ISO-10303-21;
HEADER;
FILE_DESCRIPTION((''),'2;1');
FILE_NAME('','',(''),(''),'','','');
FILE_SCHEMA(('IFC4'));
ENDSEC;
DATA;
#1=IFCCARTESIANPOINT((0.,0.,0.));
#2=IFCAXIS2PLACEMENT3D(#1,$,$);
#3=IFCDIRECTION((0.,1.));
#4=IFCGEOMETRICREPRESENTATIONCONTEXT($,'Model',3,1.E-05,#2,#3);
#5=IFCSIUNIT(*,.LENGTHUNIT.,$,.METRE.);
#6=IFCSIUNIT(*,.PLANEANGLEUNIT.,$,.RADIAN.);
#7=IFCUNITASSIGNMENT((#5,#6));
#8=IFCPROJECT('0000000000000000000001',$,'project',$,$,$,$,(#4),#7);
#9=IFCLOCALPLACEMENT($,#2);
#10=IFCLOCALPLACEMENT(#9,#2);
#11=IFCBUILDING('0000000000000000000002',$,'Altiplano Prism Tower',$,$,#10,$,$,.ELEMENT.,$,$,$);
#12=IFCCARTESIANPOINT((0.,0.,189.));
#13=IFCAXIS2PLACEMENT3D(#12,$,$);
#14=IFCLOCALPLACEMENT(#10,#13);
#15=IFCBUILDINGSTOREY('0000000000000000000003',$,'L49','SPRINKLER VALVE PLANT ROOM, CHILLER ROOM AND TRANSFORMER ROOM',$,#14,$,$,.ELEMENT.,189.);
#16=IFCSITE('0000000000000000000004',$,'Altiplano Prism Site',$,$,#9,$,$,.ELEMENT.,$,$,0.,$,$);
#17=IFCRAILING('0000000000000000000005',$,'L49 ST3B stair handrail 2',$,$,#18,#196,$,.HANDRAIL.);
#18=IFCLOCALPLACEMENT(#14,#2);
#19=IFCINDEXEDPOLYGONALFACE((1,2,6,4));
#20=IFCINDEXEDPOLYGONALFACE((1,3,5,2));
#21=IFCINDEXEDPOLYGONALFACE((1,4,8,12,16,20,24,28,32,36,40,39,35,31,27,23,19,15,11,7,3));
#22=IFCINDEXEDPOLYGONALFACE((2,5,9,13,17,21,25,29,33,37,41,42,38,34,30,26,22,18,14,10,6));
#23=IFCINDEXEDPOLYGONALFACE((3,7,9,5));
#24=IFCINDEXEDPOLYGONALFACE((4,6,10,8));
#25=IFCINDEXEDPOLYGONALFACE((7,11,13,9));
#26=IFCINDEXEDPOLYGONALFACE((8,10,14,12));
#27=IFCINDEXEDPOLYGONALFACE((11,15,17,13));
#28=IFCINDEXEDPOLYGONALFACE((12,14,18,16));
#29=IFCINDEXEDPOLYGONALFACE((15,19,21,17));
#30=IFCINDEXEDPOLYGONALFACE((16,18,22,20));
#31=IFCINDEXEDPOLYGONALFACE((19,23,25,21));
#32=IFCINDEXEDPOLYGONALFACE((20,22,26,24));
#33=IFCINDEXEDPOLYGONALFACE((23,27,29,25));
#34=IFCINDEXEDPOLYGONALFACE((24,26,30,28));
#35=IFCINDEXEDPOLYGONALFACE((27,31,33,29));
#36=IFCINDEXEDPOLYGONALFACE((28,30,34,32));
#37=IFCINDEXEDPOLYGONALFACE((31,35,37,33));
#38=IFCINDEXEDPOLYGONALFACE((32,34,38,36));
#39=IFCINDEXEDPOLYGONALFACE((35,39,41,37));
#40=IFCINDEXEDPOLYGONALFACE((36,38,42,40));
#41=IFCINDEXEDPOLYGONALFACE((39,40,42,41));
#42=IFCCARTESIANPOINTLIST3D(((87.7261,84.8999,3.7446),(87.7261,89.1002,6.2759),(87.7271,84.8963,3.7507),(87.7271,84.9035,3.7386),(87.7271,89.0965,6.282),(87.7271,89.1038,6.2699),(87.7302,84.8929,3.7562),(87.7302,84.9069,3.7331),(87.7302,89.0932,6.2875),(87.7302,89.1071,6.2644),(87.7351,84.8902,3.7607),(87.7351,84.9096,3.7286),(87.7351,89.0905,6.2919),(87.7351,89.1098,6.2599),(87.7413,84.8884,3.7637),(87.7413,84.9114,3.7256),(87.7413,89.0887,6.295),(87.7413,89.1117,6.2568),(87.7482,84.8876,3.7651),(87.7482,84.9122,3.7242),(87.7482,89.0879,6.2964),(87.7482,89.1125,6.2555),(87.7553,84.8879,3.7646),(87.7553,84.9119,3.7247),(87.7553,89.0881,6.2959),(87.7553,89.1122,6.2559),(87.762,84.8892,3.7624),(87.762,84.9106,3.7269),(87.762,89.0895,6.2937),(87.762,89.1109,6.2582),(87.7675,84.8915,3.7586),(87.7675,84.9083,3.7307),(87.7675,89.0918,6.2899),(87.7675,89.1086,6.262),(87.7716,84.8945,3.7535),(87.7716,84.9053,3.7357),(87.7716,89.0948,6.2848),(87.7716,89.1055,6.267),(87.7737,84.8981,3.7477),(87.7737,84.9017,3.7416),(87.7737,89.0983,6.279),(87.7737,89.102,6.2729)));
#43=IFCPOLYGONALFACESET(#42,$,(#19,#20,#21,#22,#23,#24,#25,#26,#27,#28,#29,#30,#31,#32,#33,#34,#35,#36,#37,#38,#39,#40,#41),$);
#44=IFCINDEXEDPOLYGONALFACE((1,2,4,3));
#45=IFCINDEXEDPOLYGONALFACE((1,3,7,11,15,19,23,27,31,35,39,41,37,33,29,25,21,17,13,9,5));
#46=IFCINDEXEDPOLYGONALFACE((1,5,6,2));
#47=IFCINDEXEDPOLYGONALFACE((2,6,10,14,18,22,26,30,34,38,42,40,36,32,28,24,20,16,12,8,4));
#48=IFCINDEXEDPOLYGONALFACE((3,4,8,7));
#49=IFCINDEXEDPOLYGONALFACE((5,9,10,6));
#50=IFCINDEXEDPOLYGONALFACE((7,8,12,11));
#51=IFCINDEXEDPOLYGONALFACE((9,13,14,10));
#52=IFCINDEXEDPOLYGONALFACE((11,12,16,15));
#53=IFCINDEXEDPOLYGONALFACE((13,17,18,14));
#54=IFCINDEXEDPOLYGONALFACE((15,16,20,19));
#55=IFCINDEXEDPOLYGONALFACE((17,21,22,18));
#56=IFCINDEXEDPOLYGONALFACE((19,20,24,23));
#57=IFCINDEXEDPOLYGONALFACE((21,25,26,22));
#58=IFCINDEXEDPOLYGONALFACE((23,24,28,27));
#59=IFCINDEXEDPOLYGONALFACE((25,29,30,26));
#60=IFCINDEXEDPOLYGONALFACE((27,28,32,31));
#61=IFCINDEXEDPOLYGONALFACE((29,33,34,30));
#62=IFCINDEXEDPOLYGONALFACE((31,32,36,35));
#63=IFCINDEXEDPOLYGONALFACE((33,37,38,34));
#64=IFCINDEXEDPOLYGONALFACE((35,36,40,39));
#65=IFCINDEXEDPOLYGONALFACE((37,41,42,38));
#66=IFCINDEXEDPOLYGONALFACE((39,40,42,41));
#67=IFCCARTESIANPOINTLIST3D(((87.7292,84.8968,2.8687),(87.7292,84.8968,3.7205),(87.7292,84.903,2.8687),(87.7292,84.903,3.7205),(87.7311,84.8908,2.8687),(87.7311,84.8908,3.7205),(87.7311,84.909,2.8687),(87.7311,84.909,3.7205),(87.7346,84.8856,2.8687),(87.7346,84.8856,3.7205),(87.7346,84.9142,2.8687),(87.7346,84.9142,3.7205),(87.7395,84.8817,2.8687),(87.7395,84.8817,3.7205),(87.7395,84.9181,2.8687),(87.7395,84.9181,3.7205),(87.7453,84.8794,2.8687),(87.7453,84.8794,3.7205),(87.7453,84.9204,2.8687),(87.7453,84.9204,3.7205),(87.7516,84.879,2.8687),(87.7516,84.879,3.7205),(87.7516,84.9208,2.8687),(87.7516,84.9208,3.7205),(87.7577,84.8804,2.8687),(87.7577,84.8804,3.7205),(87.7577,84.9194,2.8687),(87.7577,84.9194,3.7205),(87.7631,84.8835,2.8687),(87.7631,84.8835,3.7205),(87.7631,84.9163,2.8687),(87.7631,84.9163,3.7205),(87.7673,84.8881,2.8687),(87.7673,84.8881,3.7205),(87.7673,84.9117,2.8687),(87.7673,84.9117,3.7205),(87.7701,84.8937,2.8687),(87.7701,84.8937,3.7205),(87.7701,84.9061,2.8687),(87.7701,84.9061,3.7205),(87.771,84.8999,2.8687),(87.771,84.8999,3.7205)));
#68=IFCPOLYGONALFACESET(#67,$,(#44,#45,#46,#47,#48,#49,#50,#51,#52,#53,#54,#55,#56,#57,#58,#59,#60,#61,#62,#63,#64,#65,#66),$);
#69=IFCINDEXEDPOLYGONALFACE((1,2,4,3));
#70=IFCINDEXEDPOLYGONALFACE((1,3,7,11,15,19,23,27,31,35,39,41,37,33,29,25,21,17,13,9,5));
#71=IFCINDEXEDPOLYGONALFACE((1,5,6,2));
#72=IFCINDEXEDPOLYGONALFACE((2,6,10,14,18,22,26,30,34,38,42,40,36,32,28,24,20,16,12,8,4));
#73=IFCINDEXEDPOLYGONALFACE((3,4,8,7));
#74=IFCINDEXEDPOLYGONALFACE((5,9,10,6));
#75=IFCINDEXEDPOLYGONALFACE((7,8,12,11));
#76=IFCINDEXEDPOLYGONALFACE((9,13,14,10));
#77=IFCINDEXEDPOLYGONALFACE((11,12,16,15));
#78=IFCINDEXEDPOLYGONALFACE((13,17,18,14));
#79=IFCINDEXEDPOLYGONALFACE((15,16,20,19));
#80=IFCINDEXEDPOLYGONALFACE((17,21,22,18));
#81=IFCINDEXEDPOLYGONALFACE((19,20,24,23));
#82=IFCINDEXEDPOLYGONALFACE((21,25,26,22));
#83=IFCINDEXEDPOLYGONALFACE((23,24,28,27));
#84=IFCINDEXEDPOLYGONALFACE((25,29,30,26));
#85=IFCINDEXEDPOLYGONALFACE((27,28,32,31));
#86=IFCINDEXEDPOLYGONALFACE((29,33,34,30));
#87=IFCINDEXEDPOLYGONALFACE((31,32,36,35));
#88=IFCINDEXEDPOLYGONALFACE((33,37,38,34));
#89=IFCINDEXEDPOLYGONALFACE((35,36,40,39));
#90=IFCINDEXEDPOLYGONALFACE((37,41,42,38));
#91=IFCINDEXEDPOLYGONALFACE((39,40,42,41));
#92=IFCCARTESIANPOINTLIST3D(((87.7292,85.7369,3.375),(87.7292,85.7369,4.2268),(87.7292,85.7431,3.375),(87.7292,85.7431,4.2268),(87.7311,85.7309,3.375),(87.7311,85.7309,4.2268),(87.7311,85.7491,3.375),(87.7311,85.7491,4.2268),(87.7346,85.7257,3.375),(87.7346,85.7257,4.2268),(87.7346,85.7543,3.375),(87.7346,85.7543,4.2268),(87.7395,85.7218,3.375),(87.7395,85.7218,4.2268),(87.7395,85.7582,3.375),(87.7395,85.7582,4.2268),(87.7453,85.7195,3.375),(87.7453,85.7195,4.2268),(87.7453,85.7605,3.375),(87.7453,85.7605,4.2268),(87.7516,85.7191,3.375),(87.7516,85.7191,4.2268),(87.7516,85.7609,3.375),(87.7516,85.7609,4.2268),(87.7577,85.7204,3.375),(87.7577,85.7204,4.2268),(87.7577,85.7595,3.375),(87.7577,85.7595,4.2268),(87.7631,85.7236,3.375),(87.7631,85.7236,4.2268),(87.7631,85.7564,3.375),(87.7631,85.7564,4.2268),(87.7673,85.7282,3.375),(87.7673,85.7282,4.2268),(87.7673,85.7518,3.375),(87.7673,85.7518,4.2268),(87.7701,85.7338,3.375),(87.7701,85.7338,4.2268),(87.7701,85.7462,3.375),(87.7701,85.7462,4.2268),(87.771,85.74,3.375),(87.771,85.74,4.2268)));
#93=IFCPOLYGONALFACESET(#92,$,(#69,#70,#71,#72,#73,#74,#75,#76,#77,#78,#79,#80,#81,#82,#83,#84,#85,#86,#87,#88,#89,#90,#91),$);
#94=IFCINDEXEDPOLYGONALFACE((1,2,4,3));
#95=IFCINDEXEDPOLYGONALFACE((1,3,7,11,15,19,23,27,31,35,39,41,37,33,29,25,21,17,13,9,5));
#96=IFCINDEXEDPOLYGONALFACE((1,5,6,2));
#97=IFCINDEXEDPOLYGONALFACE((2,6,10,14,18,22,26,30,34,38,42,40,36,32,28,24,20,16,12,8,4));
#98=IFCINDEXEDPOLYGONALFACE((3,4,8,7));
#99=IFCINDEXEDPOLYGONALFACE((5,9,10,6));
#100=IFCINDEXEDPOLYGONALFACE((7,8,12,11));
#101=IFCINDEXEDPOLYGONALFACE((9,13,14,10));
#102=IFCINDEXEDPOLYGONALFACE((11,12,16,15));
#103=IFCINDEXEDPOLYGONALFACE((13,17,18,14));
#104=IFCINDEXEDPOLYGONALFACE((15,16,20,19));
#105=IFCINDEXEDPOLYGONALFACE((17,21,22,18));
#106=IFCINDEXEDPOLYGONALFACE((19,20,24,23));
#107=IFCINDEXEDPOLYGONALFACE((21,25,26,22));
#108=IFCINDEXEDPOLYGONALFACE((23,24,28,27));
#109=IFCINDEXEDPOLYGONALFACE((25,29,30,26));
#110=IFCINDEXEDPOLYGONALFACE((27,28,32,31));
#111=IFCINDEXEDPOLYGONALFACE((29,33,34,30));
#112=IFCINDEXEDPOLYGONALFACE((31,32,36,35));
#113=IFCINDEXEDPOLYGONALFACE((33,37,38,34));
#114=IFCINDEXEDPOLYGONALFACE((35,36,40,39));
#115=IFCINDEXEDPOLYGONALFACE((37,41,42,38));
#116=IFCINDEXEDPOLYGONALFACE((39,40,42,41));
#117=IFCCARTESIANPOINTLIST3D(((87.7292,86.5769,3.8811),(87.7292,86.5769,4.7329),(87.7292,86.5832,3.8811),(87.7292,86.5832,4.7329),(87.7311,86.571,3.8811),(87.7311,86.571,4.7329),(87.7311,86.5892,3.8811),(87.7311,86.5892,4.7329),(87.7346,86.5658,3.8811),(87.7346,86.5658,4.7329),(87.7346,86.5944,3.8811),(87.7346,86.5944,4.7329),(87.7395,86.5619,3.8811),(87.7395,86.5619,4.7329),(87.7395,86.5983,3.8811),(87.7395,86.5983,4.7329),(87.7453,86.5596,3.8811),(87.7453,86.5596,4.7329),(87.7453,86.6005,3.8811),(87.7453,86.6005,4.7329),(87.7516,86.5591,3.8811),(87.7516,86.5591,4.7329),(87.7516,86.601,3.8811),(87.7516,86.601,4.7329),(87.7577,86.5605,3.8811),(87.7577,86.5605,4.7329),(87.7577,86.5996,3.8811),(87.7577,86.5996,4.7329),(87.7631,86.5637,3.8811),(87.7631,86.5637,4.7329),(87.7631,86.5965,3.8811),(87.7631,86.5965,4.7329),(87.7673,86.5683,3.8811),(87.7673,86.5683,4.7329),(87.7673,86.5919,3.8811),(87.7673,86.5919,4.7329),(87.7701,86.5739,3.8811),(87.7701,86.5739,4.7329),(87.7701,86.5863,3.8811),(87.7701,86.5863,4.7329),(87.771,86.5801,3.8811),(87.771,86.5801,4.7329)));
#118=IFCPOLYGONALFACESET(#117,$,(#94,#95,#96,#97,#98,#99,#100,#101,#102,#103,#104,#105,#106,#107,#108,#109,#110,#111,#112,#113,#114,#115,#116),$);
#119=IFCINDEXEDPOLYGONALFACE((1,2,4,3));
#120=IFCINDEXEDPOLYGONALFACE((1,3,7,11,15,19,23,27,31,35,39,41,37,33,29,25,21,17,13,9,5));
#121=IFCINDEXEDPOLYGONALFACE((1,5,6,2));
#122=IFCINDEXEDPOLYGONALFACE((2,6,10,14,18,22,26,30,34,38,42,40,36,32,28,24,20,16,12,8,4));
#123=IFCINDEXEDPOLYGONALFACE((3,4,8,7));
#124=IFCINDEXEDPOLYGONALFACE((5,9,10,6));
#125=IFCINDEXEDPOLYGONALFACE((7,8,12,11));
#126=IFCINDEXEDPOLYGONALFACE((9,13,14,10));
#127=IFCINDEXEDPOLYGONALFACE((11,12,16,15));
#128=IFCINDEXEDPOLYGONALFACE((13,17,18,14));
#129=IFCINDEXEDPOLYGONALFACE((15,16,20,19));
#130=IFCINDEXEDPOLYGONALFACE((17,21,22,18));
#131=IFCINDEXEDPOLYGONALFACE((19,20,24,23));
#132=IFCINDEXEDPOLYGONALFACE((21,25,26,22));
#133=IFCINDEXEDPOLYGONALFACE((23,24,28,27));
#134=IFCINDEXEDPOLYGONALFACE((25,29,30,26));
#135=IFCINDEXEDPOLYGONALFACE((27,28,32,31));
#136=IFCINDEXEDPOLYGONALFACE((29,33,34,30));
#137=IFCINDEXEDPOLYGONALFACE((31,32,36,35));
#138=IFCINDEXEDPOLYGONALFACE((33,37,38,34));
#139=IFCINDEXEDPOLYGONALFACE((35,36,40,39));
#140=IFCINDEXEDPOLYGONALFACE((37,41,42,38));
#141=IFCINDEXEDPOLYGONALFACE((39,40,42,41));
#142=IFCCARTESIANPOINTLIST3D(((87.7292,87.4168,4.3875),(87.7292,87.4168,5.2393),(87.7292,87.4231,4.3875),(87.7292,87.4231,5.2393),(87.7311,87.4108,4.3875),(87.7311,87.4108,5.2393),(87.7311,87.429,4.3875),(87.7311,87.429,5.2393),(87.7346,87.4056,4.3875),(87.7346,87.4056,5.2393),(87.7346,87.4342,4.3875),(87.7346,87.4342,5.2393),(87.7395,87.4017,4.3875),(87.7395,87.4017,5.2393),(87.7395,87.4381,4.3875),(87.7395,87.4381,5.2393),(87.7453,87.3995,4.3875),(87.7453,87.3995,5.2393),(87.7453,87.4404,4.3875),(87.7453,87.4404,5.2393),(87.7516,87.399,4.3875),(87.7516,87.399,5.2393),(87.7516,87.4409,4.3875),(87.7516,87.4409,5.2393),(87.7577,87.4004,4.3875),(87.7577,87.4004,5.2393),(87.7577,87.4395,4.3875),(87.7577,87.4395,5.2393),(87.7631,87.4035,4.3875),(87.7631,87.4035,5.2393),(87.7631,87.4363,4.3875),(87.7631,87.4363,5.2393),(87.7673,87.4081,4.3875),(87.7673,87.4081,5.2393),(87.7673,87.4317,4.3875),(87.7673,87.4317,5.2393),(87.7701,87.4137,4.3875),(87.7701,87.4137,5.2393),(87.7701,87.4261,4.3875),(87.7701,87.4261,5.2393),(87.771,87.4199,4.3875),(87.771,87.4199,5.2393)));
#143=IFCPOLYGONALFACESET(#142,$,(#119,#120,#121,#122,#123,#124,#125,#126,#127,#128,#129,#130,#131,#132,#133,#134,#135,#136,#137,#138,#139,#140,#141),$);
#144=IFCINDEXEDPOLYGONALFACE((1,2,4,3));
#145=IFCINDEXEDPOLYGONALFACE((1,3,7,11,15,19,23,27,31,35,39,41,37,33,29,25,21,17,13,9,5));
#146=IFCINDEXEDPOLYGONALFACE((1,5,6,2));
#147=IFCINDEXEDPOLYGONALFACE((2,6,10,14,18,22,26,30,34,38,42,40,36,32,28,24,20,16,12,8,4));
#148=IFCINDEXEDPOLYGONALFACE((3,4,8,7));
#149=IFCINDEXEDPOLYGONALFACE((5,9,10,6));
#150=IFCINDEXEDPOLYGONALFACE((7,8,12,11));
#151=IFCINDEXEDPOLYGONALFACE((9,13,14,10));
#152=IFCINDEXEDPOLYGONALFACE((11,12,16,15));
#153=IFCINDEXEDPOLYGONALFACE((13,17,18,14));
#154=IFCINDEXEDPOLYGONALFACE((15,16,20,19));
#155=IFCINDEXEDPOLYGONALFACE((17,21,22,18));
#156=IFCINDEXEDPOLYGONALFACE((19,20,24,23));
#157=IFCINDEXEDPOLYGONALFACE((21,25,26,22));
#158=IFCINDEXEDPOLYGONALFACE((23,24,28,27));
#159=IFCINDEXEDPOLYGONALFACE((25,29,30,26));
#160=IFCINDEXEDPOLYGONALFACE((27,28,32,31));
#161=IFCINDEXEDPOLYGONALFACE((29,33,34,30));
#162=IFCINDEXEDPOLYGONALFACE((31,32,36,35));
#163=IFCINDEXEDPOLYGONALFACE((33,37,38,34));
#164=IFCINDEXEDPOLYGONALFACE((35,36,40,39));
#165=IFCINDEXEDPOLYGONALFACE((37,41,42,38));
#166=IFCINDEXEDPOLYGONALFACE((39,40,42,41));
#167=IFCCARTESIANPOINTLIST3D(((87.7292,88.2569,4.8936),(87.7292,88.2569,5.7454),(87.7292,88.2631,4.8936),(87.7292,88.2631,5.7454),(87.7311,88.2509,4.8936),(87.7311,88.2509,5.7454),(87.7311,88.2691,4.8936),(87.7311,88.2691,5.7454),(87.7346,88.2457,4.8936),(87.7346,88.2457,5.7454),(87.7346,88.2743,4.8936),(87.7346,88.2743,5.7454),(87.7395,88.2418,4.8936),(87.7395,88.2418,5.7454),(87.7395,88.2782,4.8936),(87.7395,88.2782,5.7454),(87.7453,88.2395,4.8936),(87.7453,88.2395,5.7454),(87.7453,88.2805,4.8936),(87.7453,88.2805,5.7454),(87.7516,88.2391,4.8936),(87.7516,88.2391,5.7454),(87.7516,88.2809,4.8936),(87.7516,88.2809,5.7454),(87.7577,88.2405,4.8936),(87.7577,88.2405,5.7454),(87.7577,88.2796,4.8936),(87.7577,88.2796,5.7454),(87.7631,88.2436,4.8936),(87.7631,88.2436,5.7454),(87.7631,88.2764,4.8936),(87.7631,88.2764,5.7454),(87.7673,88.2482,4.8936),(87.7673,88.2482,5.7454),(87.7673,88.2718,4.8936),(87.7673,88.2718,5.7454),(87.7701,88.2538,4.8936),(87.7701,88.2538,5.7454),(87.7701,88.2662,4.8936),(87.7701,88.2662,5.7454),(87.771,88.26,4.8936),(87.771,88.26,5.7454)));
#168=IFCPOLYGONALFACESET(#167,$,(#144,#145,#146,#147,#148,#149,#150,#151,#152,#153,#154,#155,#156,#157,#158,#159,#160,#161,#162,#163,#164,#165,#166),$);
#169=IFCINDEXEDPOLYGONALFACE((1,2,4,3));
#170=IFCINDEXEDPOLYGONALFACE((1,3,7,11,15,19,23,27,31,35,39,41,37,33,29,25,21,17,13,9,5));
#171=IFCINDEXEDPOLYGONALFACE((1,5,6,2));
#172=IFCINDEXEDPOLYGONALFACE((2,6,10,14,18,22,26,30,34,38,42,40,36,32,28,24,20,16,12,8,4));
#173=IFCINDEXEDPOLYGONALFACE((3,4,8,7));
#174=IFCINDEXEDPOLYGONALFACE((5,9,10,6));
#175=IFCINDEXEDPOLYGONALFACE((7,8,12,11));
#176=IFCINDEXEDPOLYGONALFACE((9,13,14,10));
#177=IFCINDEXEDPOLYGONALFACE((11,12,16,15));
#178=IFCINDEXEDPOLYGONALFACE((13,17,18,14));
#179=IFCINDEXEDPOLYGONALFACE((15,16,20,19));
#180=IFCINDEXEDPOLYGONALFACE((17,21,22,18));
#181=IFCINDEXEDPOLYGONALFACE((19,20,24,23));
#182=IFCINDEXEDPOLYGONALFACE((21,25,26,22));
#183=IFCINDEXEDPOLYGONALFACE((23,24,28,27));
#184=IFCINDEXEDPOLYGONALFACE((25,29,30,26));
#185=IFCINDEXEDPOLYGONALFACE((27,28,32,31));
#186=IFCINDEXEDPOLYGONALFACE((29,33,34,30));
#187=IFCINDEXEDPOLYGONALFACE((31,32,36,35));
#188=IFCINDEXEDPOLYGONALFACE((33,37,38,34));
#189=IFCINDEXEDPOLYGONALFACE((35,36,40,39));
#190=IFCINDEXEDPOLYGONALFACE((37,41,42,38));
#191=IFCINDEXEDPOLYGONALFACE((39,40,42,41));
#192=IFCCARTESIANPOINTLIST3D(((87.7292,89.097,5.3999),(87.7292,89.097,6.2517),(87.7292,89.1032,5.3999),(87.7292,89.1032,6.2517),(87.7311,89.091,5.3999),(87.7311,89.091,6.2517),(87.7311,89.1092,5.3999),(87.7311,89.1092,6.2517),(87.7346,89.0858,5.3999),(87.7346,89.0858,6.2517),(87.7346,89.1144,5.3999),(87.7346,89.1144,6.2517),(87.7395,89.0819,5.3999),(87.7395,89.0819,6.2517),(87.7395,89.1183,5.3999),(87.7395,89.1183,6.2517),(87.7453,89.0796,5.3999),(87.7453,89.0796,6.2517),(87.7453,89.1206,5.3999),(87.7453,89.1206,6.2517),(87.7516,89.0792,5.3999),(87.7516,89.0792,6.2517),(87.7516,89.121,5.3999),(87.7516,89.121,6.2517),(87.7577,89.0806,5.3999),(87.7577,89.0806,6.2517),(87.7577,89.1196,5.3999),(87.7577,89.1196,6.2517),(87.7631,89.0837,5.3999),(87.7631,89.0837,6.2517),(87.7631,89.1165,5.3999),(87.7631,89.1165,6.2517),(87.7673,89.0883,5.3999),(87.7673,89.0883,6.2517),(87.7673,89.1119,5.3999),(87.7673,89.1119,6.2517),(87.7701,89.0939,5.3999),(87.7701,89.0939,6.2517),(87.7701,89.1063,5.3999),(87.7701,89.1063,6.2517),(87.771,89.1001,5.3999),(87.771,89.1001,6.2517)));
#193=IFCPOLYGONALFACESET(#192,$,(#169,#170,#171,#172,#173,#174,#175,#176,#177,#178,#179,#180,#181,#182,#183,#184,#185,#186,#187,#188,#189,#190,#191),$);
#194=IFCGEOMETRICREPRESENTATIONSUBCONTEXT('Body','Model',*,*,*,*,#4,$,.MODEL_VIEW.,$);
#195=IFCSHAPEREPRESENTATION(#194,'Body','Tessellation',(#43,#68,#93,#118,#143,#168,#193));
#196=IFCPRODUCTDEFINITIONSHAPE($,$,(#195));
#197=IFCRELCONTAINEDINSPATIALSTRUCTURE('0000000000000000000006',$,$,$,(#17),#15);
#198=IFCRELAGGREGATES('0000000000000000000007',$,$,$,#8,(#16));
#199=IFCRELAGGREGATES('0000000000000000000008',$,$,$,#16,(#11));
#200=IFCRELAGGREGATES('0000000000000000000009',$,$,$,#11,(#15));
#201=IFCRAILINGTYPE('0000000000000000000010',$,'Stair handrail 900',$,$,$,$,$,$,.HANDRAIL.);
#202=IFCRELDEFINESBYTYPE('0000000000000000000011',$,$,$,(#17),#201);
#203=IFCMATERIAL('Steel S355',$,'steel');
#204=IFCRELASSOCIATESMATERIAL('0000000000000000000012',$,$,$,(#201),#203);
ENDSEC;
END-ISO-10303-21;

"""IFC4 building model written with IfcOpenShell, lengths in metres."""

from ifc_helpers import new_model, si_unit, direction, frame, origin, origin_2d, place, context, subcontext, project, spatial, circle, extrude, material, type_object, element, save


model = new_model("IFC4")

# Units and contexts
model_context = context("Model", 3, precision=1e-05, world=origin(), true_north=direction((0.0, 1.0)))
body_context = subcontext(model_context, "Body", "Model", "MODEL_VIEW")
ifc_project = project(units=[si_unit("LENGTHUNIT", "METRE"), si_unit("PLANEANGLEUNIT", "RADIAN")], contexts=[model_context])

# Site, building, storey
site_placement = place(None, origin())
site = spatial("IfcSite", under=ifc_project, at=site_placement, Name="Altiplano Prism Site", CompositionType="ELEMENT", RefElevation=0.0)
building_placement = place(site_placement, origin())
building = spatial("IfcBuilding", under=site, at=building_placement, Name="Altiplano Prism Tower", CompositionType="ELEMENT")
storey_placement = place(building_placement, frame((0.0, 0.0, 189.0)))
storey = spatial("IfcBuildingStorey", under=building, at=storey_placement, Name="L49", Description="SPRINKLER VALVE PLANT ROOM, CHILLER ROOM AND TRANSFORMER ROOM", CompositionType="ELEMENT", Elevation=189.0)

# Shared definitions
ifc_material_1 = material(Name="Steel S355", Category="steel")

# Railing
railing_type = type_object("IfcRailingType", Name="Stair handrail 900", PredefinedType="HANDRAIL", material=ifc_material_1)
for number, where, name in (
    (1, (87.75, 84.8999, 2.8687), "L49 ST3B stair handrail 2"),
):
    element("IfcRailing", number, at=place(storey_placement, frame(where)), inside=storey, type_object=railing_type, Name=name, PredefinedType="HANDRAIL", context=body_context, shape_type="SweptSolid", body=[
        extrude(circle(Radius=0.0239, at=origin_2d()), frame((0.0, 0.0, 0.876), z_axis=(0.0, 0.85649, 0.516164), x_axis=(-1.0, 0.0, 0.0)), (0.0, 0.0, 1.0), 4.9041),
        extrude(circle(Radius=0.021, at=origin_2d()), origin(), (0.0, 0.0, 1.0), 0.8518),
        extrude(circle(Radius=0.021, at=origin_2d()), frame((0.0, 0.8401, 0.5063)), (0.0, 0.0, 1.0), 0.8518),
        extrude(circle(Radius=0.021, at=origin_2d()), frame((0.0, 1.6802, 1.0125)), (0.0, 0.0, 1.0), 0.8518),
        extrude(circle(Radius=0.021, at=origin_2d()), frame((0.0, 2.52, 1.5188)), (0.0, 0.0, 1.0), 0.8518),
        extrude(circle(Radius=0.021, at=origin_2d()), frame((0.0, 3.3601, 2.0249)), (0.0, 0.0, 1.0), 0.8518),
        extrude(circle(Radius=0.021, at=origin_2d()), frame((0.0, 4.2002, 2.5312)), (0.0, 0.0, 1.0), 0.8518),
    ])

save(model, "model.ifc")
